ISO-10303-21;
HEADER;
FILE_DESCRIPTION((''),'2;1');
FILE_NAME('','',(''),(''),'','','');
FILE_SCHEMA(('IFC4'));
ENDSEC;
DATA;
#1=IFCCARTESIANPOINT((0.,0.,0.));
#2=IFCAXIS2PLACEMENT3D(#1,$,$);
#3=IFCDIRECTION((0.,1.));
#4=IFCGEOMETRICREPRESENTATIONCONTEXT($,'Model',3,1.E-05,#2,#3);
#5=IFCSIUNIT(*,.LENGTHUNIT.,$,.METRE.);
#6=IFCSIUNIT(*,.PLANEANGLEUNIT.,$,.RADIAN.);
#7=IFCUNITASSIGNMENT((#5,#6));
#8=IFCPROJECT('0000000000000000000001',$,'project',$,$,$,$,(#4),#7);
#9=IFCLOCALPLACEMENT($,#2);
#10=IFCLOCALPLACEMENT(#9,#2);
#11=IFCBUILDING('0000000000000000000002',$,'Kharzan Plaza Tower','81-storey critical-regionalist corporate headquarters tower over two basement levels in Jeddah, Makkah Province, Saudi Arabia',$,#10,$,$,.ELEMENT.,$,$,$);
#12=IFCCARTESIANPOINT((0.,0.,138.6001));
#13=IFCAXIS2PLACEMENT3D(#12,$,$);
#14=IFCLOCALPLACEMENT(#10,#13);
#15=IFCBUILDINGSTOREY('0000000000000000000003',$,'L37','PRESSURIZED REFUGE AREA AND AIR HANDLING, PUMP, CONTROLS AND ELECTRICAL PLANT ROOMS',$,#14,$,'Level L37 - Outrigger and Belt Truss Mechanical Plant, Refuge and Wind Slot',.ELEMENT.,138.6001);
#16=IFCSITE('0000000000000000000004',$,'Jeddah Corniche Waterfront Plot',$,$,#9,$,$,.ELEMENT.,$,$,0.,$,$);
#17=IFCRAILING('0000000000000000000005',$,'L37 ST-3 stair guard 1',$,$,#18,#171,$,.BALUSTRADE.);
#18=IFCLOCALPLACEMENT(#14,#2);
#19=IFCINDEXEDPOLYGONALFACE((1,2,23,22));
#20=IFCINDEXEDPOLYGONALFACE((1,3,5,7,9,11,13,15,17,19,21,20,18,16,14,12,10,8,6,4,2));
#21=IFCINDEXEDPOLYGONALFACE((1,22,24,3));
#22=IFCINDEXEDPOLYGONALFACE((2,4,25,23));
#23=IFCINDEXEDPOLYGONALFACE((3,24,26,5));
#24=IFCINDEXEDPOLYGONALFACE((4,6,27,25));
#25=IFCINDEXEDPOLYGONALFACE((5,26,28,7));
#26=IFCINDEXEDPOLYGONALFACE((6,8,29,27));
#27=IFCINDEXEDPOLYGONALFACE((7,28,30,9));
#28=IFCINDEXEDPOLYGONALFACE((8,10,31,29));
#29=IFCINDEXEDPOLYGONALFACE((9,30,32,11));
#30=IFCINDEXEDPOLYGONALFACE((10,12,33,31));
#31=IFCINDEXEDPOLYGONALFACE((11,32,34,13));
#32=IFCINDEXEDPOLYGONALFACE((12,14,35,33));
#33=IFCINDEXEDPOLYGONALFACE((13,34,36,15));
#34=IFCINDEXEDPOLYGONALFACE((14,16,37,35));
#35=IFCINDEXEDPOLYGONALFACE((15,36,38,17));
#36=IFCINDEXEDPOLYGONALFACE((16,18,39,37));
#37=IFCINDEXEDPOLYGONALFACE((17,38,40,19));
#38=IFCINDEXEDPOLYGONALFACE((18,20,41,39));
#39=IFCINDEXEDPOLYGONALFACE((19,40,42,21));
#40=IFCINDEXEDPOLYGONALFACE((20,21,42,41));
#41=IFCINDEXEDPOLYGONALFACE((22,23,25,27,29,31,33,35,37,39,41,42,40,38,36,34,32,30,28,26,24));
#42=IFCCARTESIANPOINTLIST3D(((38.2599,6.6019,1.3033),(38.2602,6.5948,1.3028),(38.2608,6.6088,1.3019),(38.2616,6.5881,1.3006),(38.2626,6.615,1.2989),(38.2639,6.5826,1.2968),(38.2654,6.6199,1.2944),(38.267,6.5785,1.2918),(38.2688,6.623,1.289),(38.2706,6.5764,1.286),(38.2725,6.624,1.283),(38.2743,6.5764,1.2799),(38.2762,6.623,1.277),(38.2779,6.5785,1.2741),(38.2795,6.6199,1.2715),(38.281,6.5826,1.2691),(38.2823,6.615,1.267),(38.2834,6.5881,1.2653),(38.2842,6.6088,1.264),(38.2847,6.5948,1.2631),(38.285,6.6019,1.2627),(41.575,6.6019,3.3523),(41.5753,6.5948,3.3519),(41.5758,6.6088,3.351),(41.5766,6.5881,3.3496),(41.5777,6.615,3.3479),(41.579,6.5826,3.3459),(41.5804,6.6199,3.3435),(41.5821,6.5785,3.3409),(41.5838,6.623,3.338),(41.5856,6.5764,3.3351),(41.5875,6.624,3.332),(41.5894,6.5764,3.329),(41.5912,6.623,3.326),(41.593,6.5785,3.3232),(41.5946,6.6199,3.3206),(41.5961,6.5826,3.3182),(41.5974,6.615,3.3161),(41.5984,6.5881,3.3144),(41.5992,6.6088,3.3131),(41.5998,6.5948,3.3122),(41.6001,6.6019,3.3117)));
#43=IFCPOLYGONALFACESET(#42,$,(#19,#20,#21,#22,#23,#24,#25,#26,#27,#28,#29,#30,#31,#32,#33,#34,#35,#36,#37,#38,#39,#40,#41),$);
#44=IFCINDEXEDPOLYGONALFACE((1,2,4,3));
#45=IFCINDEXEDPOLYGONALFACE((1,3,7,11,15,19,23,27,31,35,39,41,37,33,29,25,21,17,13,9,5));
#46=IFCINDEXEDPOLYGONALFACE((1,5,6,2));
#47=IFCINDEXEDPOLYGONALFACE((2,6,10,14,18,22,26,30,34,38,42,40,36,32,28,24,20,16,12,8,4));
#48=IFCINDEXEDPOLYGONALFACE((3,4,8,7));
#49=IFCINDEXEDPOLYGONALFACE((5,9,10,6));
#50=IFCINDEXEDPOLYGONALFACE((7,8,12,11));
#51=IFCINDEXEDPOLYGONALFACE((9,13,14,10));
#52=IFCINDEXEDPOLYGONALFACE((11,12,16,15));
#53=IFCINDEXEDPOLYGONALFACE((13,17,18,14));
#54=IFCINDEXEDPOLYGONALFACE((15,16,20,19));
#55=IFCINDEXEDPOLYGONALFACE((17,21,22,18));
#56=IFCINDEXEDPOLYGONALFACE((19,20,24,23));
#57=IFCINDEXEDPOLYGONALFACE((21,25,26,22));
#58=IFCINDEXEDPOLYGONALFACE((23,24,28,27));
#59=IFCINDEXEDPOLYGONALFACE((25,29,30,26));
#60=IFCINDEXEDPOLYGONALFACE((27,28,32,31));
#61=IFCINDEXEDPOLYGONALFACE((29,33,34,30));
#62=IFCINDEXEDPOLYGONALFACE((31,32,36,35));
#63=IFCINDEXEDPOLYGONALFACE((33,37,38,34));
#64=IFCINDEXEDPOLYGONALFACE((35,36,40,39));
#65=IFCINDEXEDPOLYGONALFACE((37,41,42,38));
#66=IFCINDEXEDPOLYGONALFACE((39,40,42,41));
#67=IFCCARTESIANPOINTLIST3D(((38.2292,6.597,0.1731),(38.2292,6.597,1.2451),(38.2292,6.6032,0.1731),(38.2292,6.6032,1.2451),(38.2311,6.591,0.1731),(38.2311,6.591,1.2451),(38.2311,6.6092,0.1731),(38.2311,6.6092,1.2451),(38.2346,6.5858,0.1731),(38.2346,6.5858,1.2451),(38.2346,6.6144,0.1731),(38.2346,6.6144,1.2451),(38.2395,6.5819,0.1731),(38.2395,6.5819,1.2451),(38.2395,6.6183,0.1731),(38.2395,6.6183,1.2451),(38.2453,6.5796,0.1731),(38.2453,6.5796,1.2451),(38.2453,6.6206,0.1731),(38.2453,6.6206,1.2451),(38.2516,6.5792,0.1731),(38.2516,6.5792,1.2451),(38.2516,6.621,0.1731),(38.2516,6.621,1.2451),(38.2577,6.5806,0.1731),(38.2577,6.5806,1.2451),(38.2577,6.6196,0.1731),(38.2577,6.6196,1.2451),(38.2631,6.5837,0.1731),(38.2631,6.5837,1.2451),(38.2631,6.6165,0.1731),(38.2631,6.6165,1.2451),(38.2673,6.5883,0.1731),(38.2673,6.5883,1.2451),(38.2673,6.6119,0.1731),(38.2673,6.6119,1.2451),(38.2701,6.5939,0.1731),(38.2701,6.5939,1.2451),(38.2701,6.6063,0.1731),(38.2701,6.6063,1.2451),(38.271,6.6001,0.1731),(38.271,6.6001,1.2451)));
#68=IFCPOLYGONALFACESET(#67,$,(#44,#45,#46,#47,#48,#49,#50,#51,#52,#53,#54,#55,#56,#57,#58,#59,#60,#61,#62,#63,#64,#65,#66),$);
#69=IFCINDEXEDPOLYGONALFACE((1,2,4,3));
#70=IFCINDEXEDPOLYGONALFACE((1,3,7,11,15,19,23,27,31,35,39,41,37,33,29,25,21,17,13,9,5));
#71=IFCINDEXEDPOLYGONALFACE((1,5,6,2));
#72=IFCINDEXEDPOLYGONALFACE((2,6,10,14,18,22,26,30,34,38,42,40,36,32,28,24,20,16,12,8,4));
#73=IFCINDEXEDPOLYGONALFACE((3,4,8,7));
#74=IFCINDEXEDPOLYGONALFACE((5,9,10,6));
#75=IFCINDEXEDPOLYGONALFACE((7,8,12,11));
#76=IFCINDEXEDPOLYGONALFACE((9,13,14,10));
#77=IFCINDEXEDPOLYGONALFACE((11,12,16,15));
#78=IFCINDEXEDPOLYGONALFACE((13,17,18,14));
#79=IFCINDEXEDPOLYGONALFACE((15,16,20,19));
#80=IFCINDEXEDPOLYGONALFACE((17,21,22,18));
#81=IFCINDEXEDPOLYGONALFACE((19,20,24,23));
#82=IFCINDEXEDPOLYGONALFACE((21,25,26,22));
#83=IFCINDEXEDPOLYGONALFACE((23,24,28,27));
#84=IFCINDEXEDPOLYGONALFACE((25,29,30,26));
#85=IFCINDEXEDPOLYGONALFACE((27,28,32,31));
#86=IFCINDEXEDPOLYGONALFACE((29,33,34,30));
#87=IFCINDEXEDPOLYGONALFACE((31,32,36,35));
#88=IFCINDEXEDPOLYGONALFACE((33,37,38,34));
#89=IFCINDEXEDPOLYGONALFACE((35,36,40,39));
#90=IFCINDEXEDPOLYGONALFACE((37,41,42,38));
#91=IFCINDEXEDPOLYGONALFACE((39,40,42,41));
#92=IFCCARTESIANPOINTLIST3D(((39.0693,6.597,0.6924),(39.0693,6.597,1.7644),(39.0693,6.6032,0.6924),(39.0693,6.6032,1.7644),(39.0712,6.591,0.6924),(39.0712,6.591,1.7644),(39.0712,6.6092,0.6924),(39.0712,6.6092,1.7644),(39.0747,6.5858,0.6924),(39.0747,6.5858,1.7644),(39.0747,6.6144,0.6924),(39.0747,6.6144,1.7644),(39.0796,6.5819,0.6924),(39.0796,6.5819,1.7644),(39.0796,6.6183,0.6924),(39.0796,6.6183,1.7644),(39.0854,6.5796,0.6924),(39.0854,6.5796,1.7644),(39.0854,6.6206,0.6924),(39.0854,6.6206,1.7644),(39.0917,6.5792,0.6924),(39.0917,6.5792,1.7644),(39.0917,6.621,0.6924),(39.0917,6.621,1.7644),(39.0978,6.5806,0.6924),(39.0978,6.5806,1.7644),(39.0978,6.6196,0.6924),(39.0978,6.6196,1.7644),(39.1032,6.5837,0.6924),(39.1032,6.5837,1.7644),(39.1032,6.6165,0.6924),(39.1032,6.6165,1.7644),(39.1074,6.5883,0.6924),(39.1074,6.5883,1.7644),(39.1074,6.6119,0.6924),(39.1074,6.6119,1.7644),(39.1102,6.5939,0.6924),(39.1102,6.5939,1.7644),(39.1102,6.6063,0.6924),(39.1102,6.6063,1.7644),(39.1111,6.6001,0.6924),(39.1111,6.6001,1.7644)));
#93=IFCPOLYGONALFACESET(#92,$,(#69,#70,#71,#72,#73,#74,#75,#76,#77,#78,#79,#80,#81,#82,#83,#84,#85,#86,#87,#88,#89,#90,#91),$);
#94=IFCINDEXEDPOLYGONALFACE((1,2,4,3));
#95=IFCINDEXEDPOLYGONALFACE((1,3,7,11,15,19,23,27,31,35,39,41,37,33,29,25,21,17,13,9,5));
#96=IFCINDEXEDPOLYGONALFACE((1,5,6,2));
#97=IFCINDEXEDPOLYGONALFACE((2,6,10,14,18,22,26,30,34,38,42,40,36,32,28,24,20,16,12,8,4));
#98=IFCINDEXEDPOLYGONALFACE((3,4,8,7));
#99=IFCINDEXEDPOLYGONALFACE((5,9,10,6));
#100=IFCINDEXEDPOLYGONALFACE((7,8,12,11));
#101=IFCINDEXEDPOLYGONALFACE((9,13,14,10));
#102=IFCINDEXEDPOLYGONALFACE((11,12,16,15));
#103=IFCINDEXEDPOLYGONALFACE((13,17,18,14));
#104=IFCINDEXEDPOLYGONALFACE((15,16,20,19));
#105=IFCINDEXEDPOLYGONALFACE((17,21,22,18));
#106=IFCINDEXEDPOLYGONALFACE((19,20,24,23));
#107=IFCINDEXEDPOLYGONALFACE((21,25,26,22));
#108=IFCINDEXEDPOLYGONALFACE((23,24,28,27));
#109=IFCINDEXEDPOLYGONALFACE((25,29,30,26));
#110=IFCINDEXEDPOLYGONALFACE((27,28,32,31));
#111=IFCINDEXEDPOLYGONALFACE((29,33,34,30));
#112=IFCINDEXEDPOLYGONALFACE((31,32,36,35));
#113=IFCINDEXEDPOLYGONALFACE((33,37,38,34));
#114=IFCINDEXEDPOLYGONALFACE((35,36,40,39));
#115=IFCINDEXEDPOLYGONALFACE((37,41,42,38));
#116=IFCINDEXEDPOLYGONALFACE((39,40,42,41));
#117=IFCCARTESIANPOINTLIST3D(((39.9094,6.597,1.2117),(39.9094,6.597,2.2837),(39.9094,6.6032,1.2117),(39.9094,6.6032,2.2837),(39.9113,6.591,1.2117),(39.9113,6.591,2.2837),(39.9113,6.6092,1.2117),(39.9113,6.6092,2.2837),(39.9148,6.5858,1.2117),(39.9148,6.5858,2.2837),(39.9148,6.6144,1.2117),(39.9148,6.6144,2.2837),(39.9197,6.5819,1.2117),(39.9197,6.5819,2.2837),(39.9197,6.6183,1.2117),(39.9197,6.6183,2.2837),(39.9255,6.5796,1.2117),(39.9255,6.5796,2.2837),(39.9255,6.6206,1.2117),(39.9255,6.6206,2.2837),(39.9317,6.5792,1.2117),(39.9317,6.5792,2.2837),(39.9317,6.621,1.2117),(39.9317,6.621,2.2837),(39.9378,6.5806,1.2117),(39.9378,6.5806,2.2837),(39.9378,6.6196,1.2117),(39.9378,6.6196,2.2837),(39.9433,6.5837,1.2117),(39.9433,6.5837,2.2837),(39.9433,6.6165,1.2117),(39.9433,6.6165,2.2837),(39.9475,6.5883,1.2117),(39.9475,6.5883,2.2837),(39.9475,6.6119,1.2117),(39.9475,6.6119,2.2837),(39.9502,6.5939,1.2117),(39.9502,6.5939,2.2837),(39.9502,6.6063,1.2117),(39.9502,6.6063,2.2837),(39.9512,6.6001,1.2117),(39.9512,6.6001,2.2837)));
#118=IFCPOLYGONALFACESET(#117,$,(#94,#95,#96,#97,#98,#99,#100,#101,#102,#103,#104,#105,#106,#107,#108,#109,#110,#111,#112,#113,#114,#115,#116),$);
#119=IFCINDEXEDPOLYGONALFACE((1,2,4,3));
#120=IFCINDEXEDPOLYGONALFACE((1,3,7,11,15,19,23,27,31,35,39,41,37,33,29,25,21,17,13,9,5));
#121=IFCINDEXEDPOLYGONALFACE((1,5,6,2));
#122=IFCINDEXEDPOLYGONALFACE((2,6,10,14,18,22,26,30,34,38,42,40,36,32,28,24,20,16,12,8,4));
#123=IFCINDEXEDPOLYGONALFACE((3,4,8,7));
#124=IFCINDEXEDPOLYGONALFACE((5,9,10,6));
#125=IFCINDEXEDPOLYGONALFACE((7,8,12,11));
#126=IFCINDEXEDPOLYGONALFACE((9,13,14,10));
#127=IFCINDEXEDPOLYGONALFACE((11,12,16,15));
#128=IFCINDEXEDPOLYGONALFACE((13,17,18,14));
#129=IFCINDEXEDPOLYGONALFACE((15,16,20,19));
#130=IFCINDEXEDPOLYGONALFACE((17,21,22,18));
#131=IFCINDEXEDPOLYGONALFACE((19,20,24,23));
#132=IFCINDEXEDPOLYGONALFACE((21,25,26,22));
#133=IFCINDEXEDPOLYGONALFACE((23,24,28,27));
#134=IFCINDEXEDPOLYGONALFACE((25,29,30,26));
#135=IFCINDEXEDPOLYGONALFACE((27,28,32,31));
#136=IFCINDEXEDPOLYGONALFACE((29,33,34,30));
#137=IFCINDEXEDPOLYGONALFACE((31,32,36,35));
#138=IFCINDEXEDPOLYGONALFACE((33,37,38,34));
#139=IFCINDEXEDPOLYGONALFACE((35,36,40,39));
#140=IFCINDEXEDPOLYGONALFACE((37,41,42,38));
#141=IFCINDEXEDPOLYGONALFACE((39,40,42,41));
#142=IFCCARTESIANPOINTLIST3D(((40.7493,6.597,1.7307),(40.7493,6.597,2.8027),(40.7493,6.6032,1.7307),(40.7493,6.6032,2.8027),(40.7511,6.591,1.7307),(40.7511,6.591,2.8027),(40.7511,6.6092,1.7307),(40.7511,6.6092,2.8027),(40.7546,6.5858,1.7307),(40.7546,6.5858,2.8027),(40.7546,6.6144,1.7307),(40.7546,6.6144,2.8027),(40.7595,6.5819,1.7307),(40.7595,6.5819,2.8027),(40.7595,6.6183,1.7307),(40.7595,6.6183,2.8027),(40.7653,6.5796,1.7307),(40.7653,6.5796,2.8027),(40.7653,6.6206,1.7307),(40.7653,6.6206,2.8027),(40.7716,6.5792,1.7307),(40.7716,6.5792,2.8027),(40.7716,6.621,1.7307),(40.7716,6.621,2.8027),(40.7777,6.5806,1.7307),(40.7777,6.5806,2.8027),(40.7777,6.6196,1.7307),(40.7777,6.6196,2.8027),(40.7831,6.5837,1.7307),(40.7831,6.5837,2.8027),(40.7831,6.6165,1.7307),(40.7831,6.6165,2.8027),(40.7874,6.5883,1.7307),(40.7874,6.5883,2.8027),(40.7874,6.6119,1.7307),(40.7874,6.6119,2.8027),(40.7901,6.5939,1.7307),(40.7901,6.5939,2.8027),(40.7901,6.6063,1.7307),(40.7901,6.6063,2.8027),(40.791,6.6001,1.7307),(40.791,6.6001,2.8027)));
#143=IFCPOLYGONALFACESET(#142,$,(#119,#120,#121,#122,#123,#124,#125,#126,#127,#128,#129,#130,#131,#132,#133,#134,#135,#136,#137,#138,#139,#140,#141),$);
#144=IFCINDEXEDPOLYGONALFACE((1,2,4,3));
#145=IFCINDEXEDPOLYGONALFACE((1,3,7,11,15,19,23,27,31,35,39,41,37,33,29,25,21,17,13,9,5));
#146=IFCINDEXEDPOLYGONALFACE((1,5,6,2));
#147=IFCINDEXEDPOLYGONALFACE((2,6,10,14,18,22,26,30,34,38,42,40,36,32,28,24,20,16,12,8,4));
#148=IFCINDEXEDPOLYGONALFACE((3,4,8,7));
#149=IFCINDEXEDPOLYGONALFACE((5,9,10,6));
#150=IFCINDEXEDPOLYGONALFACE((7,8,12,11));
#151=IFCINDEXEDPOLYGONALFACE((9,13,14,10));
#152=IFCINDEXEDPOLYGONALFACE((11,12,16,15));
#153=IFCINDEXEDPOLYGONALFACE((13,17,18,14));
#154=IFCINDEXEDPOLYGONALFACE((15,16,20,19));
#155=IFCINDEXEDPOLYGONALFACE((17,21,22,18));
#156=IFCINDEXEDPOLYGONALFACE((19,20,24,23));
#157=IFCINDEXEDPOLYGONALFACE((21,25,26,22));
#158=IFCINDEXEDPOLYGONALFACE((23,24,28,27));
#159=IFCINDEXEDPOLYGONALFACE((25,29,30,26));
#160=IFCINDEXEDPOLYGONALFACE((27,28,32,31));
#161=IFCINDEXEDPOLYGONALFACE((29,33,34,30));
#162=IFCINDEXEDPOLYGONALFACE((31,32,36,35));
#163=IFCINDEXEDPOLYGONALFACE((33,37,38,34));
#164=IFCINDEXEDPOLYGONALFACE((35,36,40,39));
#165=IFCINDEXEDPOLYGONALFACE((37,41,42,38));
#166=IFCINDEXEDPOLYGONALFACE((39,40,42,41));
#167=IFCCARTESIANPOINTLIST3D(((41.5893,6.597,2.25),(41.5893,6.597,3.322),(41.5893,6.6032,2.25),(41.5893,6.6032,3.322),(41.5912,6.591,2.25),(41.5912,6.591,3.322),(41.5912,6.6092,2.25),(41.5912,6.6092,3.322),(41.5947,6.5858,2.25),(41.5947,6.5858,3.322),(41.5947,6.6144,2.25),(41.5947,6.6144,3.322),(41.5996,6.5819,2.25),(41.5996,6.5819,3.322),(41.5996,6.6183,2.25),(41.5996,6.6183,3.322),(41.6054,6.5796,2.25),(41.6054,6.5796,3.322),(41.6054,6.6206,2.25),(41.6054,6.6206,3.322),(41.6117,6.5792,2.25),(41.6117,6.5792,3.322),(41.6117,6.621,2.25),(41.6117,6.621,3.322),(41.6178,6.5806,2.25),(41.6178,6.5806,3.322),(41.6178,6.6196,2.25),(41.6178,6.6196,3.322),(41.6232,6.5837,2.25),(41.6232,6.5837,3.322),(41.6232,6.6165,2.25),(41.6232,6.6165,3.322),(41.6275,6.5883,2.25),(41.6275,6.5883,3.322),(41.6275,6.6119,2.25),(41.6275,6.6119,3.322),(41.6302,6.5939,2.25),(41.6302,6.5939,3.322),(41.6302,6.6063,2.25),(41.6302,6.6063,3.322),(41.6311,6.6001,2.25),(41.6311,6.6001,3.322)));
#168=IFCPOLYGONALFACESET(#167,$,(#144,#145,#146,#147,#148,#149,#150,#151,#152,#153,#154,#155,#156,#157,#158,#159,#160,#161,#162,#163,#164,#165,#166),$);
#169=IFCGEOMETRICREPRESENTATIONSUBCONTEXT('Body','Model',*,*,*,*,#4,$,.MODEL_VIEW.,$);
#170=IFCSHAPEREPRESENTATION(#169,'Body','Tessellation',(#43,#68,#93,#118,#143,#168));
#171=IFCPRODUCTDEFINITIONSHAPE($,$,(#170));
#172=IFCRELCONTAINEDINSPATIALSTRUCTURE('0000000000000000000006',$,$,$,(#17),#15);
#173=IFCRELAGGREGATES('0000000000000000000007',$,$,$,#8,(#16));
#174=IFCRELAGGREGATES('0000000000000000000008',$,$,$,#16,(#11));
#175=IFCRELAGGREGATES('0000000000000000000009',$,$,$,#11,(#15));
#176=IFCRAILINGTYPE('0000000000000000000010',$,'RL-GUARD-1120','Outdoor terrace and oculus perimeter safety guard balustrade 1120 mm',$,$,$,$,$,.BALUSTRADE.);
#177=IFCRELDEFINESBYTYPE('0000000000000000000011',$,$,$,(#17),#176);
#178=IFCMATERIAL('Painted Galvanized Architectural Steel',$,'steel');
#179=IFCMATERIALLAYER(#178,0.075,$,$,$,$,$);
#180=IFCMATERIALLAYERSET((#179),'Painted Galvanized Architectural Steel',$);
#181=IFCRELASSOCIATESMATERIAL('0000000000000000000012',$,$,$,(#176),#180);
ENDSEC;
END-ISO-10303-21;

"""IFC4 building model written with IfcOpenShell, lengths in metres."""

from ifc_helpers import new_model, si_unit, direction, frame, origin, origin_2d, place, context, subcontext, project, spatial, circle, extrude, source, transform, mapped, material, layer, layer_set, type_object, element, save


model = new_model("IFC4")

# Units and contexts
model_context = context("Model", 3, precision=1e-05, world=origin(), true_north=direction((0.0, 1.0)))
body_context = subcontext(model_context, "Body", "Model", "MODEL_VIEW")
ifc_project = project(units=[si_unit("LENGTHUNIT", "METRE"), si_unit("PLANEANGLEUNIT", "RADIAN")], contexts=[model_context])

# Site, building, storey
site_placement = place(None, origin())
site = spatial("IfcSite", under=ifc_project, at=site_placement, Name="Jeddah Corniche Waterfront Plot", CompositionType="ELEMENT", RefElevation=0.0)
building_placement = place(site_placement, origin())
building = spatial("IfcBuilding", under=site, at=building_placement, Name="Kharzan Plaza Tower", Description="81-storey critical-regionalist corporate headquarters tower over two basement levels in Jeddah, Makkah Province, Saudi Arabia", CompositionType="ELEMENT")
storey_placement = place(building_placement, frame((0.0, 0.0, 138.6001)))
storey = spatial("IfcBuildingStorey", under=building, at=storey_placement, Name="L37", Description="PRESSURIZED REFUGE AREA AND AIR HANDLING, PUMP, CONTROLS AND ELECTRICAL PLANT ROOMS", LongName="Level L37 - Outrigger and Belt Truss Mechanical Plant, Refuge and Wind Slot", CompositionType="ELEMENT", Elevation=138.6001)

# Railing
ifc_material_1 = material(Name="Painted Galvanized Architectural Steel", Category="steel")
ifc_layer_1 = layer(ifc_material_1, 0.075)
ifc_layer_set_1 = layer_set([ifc_layer_1], Name="Painted Galvanized Architectural Steel")
railing_type_1 = type_object("IfcRailingType", Name="RL-GUARD-1120", Description="Outdoor terrace and oculus perimeter safety guard balustrade 1120 mm", PredefinedType="BALUSTRADE", material=ifc_layer_set_1)
shared_shape_1 = source(origin(), body_context, "Body", "SweptSolid", [
    extrude(circle(Radius=0.0239, at=origin_2d()), frame((0.0225, 0.0, 1.1099), z_axis=(0.850623, 0.0, 0.525776), x_axis=(0.0, 1.0, 0.0)), (0.0, 0.0, 1.0), 3.8972),
    extrude(circle(Radius=0.021, at=origin_2d()), origin(), (0.0, 0.0, 1.0), 1.072),
    extrude(circle(Radius=0.021, at=origin_2d()), frame((0.8401, 0.0, 0.5193)), (0.0, 0.0, 1.0), 1.072),
    extrude(circle(Radius=0.021, at=origin_2d()), frame((1.6802, 0.0, 1.0386)), (0.0, 0.0, 1.0), 1.072),
    extrude(circle(Radius=0.021, at=origin_2d()), frame((2.52, 0.0, 1.5576)), (0.0, 0.0, 1.0), 1.072),
    extrude(circle(Radius=0.021, at=origin_2d()), frame((3.3601, 0.0, 2.0769)), (0.0, 0.0, 1.0), 1.072),
])
railing_1_placement = place(storey_placement, frame((38.25, 6.6001, 0.1731)))
element("IfcRailing", 1, at=railing_1_placement, inside=storey, type_object=railing_type_1, Name="L37 ST-3 stair guard 1", PredefinedType="BALUSTRADE", context=body_context, shape_type="MappedRepresentation", body=[
    mapped(shared_shape_1, transform((0.0, 0.0, 0.0), x_axis=(1.0, 0.0, 0.0), y_axis=(0.0, 1.0, 0.0), z_axis=(0.0, 0.0, 1.0))),
])

save(model, "model.ifc")
